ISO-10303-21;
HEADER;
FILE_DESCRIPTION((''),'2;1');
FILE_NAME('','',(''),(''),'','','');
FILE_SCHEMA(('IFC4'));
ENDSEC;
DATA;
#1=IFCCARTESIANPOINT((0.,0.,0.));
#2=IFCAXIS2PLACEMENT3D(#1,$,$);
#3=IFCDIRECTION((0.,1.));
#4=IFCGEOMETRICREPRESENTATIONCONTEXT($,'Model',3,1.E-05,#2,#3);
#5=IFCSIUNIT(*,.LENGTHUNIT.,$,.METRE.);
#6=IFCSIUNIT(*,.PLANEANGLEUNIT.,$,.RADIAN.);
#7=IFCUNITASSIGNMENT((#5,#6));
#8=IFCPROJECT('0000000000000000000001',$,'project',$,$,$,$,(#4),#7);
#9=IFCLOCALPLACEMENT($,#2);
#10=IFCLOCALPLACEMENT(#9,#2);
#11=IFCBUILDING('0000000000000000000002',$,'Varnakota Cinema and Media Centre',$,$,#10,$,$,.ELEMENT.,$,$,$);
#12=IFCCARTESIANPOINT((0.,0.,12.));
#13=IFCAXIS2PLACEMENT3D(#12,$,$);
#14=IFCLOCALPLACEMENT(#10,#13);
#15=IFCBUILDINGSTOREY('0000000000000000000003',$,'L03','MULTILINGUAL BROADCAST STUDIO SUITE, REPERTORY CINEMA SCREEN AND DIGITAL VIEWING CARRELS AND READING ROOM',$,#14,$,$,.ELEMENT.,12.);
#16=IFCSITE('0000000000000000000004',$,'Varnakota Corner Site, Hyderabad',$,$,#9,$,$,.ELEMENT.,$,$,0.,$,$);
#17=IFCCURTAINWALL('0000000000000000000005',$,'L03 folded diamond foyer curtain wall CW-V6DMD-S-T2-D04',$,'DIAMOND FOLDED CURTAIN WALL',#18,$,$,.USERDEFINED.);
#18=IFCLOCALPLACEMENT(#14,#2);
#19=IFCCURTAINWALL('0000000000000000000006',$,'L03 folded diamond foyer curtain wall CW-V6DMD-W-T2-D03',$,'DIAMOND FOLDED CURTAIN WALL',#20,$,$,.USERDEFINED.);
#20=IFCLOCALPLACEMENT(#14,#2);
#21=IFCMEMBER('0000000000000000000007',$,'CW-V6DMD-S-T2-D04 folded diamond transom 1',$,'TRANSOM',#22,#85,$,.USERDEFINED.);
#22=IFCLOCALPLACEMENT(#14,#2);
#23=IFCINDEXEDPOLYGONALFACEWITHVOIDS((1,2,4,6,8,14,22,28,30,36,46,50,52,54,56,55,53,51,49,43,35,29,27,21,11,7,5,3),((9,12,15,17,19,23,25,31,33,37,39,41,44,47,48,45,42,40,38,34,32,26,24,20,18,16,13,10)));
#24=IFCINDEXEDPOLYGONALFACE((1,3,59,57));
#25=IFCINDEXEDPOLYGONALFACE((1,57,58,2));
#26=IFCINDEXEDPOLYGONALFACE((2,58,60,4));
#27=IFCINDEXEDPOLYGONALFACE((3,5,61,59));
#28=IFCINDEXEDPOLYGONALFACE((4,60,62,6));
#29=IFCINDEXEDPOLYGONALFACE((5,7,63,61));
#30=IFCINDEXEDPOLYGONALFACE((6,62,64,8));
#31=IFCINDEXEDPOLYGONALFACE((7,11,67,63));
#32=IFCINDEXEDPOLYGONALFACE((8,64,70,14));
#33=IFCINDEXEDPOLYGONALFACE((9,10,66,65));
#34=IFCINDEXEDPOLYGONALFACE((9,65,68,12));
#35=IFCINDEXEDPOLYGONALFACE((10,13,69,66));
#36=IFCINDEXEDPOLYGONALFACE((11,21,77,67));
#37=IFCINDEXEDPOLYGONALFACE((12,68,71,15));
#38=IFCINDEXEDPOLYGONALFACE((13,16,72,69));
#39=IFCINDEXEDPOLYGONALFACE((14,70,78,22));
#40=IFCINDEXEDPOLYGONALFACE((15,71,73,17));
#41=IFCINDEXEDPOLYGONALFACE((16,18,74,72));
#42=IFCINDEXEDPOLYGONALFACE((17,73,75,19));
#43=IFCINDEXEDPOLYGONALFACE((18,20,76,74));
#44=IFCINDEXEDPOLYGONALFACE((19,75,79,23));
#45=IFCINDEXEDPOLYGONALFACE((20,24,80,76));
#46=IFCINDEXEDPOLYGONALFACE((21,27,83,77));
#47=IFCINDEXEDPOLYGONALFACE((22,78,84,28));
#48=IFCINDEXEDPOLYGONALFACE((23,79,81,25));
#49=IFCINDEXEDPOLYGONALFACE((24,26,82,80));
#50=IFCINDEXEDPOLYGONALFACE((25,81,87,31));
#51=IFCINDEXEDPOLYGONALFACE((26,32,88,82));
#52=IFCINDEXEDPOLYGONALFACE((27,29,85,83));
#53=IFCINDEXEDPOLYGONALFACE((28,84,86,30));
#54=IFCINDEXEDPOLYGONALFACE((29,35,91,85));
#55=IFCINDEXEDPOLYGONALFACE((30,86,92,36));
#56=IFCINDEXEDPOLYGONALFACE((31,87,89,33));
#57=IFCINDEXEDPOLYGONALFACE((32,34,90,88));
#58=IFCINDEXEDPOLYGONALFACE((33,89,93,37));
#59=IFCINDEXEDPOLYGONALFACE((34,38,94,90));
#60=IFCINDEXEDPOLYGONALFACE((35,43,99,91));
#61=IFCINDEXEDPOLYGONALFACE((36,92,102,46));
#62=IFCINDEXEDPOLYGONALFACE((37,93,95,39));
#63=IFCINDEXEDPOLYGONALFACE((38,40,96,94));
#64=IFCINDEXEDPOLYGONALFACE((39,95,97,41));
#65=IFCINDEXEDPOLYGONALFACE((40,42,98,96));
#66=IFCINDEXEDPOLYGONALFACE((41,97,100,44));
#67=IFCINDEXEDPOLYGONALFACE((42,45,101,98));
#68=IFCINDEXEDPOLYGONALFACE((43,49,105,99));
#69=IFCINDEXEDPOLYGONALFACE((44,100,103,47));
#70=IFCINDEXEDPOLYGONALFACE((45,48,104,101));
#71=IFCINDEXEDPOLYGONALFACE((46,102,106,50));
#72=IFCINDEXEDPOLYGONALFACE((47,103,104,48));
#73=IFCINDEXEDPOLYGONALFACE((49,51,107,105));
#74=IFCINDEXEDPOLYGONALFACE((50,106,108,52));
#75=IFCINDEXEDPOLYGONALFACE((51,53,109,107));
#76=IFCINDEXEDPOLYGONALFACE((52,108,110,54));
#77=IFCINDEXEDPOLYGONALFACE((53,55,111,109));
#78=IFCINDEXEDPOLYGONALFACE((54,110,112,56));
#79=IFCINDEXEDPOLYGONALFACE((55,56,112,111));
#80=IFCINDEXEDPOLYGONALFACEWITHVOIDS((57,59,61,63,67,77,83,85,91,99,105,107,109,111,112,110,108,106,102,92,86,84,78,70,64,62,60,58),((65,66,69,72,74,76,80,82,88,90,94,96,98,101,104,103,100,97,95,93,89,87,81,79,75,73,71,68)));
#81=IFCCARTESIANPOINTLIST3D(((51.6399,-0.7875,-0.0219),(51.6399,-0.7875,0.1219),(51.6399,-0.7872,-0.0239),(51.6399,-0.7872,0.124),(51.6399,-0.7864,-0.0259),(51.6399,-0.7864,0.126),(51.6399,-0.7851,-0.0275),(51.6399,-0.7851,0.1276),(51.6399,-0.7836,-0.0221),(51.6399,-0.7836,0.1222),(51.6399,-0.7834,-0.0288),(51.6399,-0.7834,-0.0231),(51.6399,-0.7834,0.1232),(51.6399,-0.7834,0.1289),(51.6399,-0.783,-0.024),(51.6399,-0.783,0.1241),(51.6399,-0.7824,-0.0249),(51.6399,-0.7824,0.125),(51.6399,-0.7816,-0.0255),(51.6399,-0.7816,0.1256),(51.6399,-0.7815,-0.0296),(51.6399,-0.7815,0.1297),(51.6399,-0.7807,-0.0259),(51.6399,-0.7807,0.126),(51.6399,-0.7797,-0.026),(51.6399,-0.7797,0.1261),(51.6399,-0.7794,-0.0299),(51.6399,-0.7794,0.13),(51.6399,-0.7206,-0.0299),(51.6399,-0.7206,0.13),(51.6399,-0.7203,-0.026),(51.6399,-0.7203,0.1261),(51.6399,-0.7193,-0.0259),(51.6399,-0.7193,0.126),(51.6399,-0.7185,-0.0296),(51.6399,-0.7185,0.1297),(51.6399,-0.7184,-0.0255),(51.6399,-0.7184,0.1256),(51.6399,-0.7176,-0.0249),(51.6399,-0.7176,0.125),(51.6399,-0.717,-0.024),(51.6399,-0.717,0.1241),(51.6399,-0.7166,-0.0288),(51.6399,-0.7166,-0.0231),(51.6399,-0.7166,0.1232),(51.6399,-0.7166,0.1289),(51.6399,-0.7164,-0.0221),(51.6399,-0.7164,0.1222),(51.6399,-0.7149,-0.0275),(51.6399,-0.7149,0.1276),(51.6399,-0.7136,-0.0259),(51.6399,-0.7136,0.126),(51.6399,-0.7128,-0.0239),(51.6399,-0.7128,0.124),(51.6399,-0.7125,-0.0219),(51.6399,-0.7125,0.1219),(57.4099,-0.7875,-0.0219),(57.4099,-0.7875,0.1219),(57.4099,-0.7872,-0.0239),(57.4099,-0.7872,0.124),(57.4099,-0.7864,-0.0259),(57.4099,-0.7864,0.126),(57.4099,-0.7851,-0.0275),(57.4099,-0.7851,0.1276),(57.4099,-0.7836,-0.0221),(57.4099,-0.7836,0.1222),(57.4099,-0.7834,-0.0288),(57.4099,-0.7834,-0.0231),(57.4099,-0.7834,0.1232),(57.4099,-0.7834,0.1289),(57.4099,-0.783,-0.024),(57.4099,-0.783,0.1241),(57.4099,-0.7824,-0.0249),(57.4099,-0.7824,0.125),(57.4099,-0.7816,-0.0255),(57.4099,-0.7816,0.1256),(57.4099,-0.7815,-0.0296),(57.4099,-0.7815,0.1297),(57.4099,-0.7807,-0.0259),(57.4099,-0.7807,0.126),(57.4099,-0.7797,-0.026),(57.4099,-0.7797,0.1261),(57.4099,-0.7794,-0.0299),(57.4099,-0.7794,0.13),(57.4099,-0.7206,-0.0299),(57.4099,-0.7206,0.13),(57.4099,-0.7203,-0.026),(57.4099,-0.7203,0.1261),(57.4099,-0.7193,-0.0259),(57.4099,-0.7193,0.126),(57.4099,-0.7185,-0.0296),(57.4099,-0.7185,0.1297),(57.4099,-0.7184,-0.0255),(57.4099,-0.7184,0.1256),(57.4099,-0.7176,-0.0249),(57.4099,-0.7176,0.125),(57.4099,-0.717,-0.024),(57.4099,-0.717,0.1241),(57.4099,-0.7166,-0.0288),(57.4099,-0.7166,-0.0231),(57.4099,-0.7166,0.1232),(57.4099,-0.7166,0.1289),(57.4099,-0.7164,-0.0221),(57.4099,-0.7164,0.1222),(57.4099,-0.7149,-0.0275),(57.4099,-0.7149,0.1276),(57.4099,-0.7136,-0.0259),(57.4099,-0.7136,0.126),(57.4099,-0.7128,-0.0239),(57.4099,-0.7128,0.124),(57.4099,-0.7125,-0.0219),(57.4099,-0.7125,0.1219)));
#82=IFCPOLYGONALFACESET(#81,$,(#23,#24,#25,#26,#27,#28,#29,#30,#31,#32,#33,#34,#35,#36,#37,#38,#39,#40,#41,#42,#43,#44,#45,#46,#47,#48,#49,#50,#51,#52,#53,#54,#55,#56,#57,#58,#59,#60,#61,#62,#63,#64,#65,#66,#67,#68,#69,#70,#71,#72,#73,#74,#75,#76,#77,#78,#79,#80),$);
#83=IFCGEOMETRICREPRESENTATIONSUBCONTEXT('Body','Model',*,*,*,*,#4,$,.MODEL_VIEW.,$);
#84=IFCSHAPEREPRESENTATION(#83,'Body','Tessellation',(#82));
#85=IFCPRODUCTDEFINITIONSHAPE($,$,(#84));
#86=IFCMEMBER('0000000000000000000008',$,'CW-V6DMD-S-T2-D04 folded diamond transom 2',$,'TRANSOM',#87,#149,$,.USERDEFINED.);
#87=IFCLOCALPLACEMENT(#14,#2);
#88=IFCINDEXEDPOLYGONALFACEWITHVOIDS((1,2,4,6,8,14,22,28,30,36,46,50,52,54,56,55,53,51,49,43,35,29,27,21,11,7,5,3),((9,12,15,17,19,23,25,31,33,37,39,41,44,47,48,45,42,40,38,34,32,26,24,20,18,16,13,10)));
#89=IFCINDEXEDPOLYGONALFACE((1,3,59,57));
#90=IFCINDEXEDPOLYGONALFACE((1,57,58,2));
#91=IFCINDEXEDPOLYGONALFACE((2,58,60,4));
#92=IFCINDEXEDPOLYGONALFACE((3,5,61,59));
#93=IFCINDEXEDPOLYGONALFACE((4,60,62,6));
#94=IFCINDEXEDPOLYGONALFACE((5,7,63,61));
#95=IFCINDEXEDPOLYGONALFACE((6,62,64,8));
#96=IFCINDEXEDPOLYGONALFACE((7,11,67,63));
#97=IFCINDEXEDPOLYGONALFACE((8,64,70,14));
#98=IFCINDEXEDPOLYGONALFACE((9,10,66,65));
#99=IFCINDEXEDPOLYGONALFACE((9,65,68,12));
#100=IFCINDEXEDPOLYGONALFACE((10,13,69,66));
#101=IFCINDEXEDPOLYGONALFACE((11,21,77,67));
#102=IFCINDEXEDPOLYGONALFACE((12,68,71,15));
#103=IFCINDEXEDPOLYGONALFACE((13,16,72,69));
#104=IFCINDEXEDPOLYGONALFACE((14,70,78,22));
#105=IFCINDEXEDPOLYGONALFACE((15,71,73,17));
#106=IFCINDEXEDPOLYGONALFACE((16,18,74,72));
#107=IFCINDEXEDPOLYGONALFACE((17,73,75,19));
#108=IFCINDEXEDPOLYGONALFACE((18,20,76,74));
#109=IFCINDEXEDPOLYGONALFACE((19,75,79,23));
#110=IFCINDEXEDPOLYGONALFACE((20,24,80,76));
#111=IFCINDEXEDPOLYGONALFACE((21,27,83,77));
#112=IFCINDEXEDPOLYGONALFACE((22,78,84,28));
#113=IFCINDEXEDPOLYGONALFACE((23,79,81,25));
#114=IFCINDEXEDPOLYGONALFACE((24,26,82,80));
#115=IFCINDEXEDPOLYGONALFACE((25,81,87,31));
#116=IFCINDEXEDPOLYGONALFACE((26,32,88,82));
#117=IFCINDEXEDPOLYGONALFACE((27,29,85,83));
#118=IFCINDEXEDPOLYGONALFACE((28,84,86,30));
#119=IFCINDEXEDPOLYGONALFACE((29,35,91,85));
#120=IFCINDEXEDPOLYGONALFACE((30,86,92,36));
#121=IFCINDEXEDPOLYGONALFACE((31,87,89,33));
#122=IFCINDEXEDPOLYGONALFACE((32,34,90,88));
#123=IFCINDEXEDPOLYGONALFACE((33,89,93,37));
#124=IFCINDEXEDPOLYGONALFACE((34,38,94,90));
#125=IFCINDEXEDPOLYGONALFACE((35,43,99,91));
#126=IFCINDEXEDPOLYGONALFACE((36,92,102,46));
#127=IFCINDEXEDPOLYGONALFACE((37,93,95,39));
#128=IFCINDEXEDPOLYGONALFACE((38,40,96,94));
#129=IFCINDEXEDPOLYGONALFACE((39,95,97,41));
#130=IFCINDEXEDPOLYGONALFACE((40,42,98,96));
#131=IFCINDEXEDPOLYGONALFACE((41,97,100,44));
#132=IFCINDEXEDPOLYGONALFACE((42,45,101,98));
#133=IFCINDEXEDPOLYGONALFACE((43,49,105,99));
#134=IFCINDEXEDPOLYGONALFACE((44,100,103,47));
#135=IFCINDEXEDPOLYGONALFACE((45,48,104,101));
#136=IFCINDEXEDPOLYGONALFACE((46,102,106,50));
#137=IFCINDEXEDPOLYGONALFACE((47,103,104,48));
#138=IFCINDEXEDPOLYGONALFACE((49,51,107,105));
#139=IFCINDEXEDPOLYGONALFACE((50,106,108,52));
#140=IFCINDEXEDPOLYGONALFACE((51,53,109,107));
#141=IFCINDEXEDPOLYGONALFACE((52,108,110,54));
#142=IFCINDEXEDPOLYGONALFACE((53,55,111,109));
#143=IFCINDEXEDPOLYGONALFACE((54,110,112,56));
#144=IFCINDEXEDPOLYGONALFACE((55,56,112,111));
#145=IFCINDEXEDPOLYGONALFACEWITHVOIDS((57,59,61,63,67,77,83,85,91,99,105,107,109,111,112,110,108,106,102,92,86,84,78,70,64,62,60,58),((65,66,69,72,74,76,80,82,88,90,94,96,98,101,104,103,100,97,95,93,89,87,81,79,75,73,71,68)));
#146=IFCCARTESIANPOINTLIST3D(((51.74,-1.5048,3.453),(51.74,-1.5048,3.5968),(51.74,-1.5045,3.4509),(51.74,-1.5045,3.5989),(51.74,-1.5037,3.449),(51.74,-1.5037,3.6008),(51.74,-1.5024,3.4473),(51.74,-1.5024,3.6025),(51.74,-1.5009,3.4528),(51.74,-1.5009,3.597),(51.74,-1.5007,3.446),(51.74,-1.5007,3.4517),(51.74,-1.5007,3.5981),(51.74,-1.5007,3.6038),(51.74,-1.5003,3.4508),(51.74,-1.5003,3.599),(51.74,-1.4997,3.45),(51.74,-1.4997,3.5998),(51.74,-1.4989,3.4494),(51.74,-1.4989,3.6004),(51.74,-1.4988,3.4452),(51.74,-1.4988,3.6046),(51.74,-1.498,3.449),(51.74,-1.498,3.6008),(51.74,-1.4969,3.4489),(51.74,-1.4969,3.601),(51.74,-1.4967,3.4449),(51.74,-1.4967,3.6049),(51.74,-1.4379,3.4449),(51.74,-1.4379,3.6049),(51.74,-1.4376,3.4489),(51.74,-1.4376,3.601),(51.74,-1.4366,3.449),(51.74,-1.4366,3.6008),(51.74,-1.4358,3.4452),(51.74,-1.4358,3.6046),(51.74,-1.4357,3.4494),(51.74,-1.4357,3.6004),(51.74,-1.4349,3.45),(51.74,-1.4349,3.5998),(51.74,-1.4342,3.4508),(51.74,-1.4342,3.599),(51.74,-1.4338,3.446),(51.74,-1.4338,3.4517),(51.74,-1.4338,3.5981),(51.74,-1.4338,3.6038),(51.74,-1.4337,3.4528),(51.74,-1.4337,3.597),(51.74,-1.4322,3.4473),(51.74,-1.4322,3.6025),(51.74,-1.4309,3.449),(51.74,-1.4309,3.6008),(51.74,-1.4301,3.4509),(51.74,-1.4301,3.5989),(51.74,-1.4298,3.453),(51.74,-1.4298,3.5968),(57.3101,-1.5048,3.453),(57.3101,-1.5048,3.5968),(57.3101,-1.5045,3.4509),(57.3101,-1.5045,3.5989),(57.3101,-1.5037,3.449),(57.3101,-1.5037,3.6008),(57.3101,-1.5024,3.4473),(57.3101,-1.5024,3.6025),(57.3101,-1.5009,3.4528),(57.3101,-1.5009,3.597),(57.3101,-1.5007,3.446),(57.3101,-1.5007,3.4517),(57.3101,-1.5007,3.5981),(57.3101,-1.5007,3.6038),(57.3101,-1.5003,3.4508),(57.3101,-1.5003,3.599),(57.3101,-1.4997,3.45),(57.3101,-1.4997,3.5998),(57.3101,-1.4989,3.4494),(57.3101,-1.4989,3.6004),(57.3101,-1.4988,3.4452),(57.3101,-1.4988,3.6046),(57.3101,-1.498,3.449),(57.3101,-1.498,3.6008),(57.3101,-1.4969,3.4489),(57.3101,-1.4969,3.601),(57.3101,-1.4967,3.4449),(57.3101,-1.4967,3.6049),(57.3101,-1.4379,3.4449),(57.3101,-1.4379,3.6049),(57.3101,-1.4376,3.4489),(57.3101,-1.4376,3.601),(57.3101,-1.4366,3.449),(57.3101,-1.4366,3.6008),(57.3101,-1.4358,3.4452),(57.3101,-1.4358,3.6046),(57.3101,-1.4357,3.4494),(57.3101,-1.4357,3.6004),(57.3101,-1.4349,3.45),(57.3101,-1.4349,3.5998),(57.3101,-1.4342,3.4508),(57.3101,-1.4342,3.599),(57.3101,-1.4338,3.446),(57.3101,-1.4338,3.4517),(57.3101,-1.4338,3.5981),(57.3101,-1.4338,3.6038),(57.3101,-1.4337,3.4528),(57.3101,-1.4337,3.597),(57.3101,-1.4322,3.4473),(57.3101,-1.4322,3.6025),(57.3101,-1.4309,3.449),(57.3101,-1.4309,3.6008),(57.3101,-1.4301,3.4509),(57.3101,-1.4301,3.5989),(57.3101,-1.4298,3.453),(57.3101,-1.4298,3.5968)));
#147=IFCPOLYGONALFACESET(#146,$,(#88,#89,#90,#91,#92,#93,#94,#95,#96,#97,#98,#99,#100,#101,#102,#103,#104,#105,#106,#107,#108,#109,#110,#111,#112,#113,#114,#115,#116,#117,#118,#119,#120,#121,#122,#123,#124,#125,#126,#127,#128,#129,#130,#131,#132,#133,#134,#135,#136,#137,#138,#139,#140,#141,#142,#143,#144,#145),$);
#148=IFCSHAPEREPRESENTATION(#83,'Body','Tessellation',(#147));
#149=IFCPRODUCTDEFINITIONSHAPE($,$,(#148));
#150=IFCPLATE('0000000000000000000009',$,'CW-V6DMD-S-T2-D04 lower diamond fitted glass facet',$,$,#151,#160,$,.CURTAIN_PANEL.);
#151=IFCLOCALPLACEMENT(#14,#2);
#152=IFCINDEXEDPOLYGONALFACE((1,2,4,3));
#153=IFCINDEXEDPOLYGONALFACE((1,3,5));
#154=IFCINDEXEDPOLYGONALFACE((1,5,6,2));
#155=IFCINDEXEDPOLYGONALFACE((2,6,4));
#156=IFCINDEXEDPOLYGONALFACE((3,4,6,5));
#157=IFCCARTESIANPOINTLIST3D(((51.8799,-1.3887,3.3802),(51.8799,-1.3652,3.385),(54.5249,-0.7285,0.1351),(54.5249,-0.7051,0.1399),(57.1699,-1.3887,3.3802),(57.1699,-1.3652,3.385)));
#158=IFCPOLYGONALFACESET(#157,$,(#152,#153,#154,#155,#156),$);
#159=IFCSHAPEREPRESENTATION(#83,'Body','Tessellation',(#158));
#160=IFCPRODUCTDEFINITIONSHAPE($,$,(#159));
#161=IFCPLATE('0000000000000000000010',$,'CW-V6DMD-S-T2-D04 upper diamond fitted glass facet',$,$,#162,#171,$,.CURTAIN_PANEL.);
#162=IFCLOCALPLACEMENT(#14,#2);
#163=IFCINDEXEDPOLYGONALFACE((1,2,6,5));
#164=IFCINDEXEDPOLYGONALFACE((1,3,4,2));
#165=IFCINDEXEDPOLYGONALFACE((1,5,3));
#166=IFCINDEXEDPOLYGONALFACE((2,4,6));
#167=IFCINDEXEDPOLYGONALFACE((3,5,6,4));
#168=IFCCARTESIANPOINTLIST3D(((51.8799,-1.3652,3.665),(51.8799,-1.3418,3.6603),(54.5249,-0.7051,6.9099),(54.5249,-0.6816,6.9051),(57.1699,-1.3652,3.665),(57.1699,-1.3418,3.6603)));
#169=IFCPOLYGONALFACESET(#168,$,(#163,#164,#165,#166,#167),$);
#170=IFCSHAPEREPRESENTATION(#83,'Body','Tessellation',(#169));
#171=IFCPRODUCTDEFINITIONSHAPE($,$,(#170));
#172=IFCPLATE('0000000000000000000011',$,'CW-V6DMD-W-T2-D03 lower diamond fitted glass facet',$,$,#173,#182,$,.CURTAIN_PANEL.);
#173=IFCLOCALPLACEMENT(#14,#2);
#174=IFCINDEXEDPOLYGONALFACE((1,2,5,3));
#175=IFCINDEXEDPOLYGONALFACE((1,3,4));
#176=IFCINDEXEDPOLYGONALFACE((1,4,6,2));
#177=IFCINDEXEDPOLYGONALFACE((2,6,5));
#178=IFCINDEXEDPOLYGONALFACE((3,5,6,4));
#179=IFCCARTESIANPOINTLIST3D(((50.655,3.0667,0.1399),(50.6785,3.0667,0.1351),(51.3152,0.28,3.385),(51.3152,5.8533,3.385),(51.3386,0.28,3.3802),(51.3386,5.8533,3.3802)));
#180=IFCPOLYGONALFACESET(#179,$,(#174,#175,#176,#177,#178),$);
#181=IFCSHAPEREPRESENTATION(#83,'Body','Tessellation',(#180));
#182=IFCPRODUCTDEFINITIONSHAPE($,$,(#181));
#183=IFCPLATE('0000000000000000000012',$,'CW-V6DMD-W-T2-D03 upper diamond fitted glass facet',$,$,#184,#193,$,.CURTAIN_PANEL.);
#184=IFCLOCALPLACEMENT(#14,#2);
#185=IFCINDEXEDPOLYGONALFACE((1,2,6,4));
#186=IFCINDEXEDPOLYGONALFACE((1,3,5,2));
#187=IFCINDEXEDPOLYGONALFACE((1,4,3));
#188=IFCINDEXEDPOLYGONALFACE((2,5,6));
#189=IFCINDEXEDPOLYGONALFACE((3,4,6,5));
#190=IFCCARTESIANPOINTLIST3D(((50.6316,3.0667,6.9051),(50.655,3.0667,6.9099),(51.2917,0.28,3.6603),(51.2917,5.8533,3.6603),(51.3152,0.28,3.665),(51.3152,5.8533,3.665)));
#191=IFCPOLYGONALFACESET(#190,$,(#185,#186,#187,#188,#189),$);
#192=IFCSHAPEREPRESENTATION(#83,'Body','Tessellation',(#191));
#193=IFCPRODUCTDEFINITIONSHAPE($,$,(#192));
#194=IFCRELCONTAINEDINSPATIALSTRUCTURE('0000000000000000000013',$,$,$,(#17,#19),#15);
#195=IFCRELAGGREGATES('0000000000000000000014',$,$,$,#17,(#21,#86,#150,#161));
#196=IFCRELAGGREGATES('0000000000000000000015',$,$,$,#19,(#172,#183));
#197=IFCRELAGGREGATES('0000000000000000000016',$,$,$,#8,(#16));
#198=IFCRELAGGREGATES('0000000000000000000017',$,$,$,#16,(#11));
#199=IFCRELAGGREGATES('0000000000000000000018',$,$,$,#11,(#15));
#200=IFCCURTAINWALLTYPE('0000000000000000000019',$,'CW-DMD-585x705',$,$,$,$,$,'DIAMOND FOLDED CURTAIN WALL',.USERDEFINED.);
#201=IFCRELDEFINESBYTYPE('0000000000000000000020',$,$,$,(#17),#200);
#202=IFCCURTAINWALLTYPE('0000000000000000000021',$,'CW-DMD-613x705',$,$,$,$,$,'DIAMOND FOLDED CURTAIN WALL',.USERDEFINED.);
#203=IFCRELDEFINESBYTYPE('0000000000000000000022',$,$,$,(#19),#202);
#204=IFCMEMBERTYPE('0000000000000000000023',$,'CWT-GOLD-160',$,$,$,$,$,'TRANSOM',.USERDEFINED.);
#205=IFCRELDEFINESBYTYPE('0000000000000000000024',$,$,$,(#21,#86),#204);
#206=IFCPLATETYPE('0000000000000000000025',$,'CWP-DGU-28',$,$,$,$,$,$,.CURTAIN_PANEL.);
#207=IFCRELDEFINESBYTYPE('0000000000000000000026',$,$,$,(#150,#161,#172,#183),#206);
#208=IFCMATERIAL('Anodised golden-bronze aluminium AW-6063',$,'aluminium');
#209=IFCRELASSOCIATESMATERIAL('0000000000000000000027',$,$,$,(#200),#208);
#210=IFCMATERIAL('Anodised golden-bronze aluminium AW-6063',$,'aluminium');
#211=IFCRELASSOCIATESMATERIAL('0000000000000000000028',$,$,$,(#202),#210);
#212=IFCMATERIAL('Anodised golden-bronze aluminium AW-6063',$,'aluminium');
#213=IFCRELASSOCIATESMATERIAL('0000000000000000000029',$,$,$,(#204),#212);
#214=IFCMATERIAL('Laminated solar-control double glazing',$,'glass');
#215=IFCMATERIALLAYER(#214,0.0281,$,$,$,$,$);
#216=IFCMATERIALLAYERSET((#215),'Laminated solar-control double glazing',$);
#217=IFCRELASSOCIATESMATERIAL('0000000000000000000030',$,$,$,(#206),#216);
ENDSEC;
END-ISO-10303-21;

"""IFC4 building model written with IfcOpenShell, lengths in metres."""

from ifc_helpers import new_model, si_unit, direction, frame, origin, origin_2d, place, context, subcontext, project, spatial, polyline, hollow_rectangle, outline, extrude, material, layer, layer_set, material_profile, profile_set, type_object, element, aggregate, save


model = new_model("IFC4")

# Units and contexts
model_context = context("Model", 3, precision=1e-05, world=origin(), true_north=direction((0.0, 1.0)))
body_context = subcontext(model_context, "Body", "Model", "MODEL_VIEW")
ifc_project = project(units=[si_unit("LENGTHUNIT", "METRE"), si_unit("PLANEANGLEUNIT", "RADIAN")], contexts=[model_context])

# Site, building, storey
site_placement = place(None, origin())
site = spatial("IfcSite", under=ifc_project, at=site_placement, Name="Varnakota Corner Site, Hyderabad", CompositionType="ELEMENT", RefElevation=0.0)
building_placement = place(site_placement, origin())
building = spatial("IfcBuilding", under=site, at=building_placement, Name="Varnakota Cinema and Media Centre", CompositionType="ELEMENT")
storey_placement = place(building_placement, frame((0.0, 0.0, 12.0)))
storey = spatial("IfcBuildingStorey", under=building, at=storey_placement, Name="L03", Description="MULTILINGUAL BROADCAST STUDIO SUITE, REPERTORY CINEMA SCREEN AND DIGITAL VIEWING CARRELS AND READING ROOM", CompositionType="ELEMENT", Elevation=12.0)

# Curtain wall
ifc_material_1 = material(Name="Anodised golden-bronze aluminium AW-6063", Category="aluminium")
curtain_wall_type_1 = type_object("IfcCurtainWallType", Name="CW-DMD-585x705", ElementType="DIAMOND FOLDED CURTAIN WALL", PredefinedType="USERDEFINED", material=ifc_material_1)
curtain_wall_1_placement = place(storey_placement, origin())
curtain_wall_1 = element("IfcCurtainWall", 1, at=curtain_wall_1_placement, inside=storey, type_object=curtain_wall_type_1, Name="L03 folded diamond foyer curtain wall CW-V6DMD-S-T2-D04", ObjectType="DIAMOND FOLDED CURTAIN WALL", PredefinedType="USERDEFINED")

# Curtain wall
ifc_material_2 = material(Name="Anodised golden-bronze aluminium AW-6063", Category="aluminium")
curtain_wall_type_2 = type_object("IfcCurtainWallType", Name="CW-DMD-613x705", ElementType="DIAMOND FOLDED CURTAIN WALL", PredefinedType="USERDEFINED", material=ifc_material_2)
curtain_wall_2_placement = place(storey_placement, origin())
curtain_wall_2 = element("IfcCurtainWall", 2, at=curtain_wall_2_placement, inside=storey, type_object=curtain_wall_type_2, Name="L03 folded diamond foyer curtain wall CW-V6DMD-W-T2-D03", ObjectType="DIAMOND FOLDED CURTAIN WALL", PredefinedType="USERDEFINED")

# Members
ifc_material_3 = material(Name="Anodised golden-bronze aluminium AW-6063", Category="aluminium")
ifc_material_profile_1 = material_profile(ifc_material_3, hollow_rectangle(XDim=0.075, YDim=0.1599, WallThickness=0.0039, InnerFilletRadius=0.0039, OuterFilletRadius=0.0081, at=origin_2d()), Name="AL-TRANSOM 160x75x4")
ifc_profile_set_1 = profile_set([ifc_material_profile_1], Name="Anodised golden-bronze aluminium AW-6063")
member_type_1 = type_object("IfcMemberType", Name="CWT-GOLD-160", ElementType="TRANSOM", PredefinedType="USERDEFINED", material=ifc_profile_set_1)
member_1_placement = place(storey_placement, frame((57.4099, -0.75, 0.05), z_axis=(-1.0, 0.0, 0.0), x_axis=(0.0, -1.0, 0.0)))
member_1 = element("IfcMember", 3, at=member_1_placement, type_object=member_type_1, Name="CW-V6DMD-S-T2-D04 folded diamond transom 1", ObjectType="TRANSOM", PredefinedType="USERDEFINED", context=body_context, shape_type="SweptSolid", body=[
    extrude(hollow_rectangle(XDim=0.075, YDim=0.1599, WallThickness=0.0039, InnerFilletRadius=0.0039, OuterFilletRadius=0.0081, at=origin_2d()), origin(), (0.0, 0.0, 1.0), 5.77),
])
member_2_placement = place(storey_placement, frame((57.3101, -1.4673, 3.5249), z_axis=(-1.0, 0.0, 0.0), x_axis=(0.0, -1.0, 0.0)))
member_2 = element("IfcMember", 4, at=member_2_placement, type_object=member_type_1, Name="CW-V6DMD-S-T2-D04 folded diamond transom 2", ObjectType="TRANSOM", PredefinedType="USERDEFINED", context=body_context, shape_type="SweptSolid", body=[
    extrude(hollow_rectangle(XDim=0.075, YDim=0.1599, WallThickness=0.0039, InnerFilletRadius=0.0039, OuterFilletRadius=0.0081, at=origin_2d()), origin(), (0.0, 0.0, 1.0), 5.5701),
])

# Plates
ifc_material_4 = material(Name="Laminated solar-control double glazing", Category="glass")
ifc_layer_1 = layer(ifc_material_4, 0.0281)
ifc_layer_set_1 = layer_set([ifc_layer_1], Name="Laminated solar-control double glazing")
plate_type_1 = type_object("IfcPlateType", Name="CWP-DGU-28", PredefinedType="CURTAIN_PANEL", material=ifc_layer_set_1)
plate_1_placement = place(storey_placement, frame((57.1699, -1.3652, 3.385), z_axis=(0.0, 0.979929, 0.199348), x_axis=(-0.624084, 0.155762, -0.765675)))
plate_1 = element("IfcPlate", 5, at=plate_1_placement, type_object=plate_type_1, Name="CW-V6DMD-S-T2-D04 lower diamond fitted glass facet", PredefinedType="CURTAIN_PANEL", context=body_context, shape_type="SweptSolid", body=[
    extrude(outline(polyline([(0.0, 0.0), (4.2382, 0.0), (3.3014, 4.1334), (0.0, 0.0)])), origin(), (0.0, 0.0, -1.0), 0.0239),
])
plate_2_placement = place(storey_placement, frame((57.1699, -1.3652, 3.665), z_axis=(0.0, -0.979926, 0.199362), x_axis=(-1.0, 0.0, 0.0)))
plate_2 = element("IfcPlate", 6, at=plate_2_placement, type_object=plate_type_1, Name="CW-V6DMD-S-T2-D04 upper diamond fitted glass facet", PredefinedType="CURTAIN_PANEL", context=body_context, shape_type="SweptSolid", body=[
    extrude(outline(polyline([(0.0, 0.0), (5.29, 0.0), (2.645, -3.3113), (0.0, 0.0)])), origin(), (0.0, 0.0, -1.0), 0.0239),
])
plate_3_placement = place(storey_placement, frame((51.3152, 5.8533, 3.385), z_axis=(-0.979929, 0.0, 0.199348), x_axis=(-0.15253, -0.643854, -0.749791)))
plate_3 = element("IfcPlate", 7, at=plate_3_placement, type_object=plate_type_1, Name="CW-V6DMD-W-T2-D03 lower diamond fitted glass facet", PredefinedType="CURTAIN_PANEL", context=body_context, shape_type="SweptSolid", body=[
    extrude(outline(polyline([(0.0, 0.0), (4.328, 0.0), (3.5884, 4.2644), (0.0, 0.0)])), origin(), (0.0, 0.0, -1.0), 0.0239),
])
plate_4_placement = place(storey_placement, frame((51.3152, 5.8533, 3.665), z_axis=(0.979926, 0.0, 0.199362), x_axis=(0.0, -1.0, 0.0)))
plate_4 = element("IfcPlate", 8, at=plate_4_placement, type_object=plate_type_1, Name="CW-V6DMD-W-T2-D03 upper diamond fitted glass facet", PredefinedType="CURTAIN_PANEL", context=body_context, shape_type="SweptSolid", body=[
    extrude(outline(polyline([(0.0, 0.0), (5.5732, 0.0), (2.7866, -3.3113), (0.0, 0.0)])), origin(), (0.0, 0.0, -1.0), 0.0239),
])
aggregate(curtain_wall_1, [member_1, member_2, plate_1, plate_2])
aggregate(curtain_wall_2, [plate_3, plate_4])

save(model, "model.ifc")
